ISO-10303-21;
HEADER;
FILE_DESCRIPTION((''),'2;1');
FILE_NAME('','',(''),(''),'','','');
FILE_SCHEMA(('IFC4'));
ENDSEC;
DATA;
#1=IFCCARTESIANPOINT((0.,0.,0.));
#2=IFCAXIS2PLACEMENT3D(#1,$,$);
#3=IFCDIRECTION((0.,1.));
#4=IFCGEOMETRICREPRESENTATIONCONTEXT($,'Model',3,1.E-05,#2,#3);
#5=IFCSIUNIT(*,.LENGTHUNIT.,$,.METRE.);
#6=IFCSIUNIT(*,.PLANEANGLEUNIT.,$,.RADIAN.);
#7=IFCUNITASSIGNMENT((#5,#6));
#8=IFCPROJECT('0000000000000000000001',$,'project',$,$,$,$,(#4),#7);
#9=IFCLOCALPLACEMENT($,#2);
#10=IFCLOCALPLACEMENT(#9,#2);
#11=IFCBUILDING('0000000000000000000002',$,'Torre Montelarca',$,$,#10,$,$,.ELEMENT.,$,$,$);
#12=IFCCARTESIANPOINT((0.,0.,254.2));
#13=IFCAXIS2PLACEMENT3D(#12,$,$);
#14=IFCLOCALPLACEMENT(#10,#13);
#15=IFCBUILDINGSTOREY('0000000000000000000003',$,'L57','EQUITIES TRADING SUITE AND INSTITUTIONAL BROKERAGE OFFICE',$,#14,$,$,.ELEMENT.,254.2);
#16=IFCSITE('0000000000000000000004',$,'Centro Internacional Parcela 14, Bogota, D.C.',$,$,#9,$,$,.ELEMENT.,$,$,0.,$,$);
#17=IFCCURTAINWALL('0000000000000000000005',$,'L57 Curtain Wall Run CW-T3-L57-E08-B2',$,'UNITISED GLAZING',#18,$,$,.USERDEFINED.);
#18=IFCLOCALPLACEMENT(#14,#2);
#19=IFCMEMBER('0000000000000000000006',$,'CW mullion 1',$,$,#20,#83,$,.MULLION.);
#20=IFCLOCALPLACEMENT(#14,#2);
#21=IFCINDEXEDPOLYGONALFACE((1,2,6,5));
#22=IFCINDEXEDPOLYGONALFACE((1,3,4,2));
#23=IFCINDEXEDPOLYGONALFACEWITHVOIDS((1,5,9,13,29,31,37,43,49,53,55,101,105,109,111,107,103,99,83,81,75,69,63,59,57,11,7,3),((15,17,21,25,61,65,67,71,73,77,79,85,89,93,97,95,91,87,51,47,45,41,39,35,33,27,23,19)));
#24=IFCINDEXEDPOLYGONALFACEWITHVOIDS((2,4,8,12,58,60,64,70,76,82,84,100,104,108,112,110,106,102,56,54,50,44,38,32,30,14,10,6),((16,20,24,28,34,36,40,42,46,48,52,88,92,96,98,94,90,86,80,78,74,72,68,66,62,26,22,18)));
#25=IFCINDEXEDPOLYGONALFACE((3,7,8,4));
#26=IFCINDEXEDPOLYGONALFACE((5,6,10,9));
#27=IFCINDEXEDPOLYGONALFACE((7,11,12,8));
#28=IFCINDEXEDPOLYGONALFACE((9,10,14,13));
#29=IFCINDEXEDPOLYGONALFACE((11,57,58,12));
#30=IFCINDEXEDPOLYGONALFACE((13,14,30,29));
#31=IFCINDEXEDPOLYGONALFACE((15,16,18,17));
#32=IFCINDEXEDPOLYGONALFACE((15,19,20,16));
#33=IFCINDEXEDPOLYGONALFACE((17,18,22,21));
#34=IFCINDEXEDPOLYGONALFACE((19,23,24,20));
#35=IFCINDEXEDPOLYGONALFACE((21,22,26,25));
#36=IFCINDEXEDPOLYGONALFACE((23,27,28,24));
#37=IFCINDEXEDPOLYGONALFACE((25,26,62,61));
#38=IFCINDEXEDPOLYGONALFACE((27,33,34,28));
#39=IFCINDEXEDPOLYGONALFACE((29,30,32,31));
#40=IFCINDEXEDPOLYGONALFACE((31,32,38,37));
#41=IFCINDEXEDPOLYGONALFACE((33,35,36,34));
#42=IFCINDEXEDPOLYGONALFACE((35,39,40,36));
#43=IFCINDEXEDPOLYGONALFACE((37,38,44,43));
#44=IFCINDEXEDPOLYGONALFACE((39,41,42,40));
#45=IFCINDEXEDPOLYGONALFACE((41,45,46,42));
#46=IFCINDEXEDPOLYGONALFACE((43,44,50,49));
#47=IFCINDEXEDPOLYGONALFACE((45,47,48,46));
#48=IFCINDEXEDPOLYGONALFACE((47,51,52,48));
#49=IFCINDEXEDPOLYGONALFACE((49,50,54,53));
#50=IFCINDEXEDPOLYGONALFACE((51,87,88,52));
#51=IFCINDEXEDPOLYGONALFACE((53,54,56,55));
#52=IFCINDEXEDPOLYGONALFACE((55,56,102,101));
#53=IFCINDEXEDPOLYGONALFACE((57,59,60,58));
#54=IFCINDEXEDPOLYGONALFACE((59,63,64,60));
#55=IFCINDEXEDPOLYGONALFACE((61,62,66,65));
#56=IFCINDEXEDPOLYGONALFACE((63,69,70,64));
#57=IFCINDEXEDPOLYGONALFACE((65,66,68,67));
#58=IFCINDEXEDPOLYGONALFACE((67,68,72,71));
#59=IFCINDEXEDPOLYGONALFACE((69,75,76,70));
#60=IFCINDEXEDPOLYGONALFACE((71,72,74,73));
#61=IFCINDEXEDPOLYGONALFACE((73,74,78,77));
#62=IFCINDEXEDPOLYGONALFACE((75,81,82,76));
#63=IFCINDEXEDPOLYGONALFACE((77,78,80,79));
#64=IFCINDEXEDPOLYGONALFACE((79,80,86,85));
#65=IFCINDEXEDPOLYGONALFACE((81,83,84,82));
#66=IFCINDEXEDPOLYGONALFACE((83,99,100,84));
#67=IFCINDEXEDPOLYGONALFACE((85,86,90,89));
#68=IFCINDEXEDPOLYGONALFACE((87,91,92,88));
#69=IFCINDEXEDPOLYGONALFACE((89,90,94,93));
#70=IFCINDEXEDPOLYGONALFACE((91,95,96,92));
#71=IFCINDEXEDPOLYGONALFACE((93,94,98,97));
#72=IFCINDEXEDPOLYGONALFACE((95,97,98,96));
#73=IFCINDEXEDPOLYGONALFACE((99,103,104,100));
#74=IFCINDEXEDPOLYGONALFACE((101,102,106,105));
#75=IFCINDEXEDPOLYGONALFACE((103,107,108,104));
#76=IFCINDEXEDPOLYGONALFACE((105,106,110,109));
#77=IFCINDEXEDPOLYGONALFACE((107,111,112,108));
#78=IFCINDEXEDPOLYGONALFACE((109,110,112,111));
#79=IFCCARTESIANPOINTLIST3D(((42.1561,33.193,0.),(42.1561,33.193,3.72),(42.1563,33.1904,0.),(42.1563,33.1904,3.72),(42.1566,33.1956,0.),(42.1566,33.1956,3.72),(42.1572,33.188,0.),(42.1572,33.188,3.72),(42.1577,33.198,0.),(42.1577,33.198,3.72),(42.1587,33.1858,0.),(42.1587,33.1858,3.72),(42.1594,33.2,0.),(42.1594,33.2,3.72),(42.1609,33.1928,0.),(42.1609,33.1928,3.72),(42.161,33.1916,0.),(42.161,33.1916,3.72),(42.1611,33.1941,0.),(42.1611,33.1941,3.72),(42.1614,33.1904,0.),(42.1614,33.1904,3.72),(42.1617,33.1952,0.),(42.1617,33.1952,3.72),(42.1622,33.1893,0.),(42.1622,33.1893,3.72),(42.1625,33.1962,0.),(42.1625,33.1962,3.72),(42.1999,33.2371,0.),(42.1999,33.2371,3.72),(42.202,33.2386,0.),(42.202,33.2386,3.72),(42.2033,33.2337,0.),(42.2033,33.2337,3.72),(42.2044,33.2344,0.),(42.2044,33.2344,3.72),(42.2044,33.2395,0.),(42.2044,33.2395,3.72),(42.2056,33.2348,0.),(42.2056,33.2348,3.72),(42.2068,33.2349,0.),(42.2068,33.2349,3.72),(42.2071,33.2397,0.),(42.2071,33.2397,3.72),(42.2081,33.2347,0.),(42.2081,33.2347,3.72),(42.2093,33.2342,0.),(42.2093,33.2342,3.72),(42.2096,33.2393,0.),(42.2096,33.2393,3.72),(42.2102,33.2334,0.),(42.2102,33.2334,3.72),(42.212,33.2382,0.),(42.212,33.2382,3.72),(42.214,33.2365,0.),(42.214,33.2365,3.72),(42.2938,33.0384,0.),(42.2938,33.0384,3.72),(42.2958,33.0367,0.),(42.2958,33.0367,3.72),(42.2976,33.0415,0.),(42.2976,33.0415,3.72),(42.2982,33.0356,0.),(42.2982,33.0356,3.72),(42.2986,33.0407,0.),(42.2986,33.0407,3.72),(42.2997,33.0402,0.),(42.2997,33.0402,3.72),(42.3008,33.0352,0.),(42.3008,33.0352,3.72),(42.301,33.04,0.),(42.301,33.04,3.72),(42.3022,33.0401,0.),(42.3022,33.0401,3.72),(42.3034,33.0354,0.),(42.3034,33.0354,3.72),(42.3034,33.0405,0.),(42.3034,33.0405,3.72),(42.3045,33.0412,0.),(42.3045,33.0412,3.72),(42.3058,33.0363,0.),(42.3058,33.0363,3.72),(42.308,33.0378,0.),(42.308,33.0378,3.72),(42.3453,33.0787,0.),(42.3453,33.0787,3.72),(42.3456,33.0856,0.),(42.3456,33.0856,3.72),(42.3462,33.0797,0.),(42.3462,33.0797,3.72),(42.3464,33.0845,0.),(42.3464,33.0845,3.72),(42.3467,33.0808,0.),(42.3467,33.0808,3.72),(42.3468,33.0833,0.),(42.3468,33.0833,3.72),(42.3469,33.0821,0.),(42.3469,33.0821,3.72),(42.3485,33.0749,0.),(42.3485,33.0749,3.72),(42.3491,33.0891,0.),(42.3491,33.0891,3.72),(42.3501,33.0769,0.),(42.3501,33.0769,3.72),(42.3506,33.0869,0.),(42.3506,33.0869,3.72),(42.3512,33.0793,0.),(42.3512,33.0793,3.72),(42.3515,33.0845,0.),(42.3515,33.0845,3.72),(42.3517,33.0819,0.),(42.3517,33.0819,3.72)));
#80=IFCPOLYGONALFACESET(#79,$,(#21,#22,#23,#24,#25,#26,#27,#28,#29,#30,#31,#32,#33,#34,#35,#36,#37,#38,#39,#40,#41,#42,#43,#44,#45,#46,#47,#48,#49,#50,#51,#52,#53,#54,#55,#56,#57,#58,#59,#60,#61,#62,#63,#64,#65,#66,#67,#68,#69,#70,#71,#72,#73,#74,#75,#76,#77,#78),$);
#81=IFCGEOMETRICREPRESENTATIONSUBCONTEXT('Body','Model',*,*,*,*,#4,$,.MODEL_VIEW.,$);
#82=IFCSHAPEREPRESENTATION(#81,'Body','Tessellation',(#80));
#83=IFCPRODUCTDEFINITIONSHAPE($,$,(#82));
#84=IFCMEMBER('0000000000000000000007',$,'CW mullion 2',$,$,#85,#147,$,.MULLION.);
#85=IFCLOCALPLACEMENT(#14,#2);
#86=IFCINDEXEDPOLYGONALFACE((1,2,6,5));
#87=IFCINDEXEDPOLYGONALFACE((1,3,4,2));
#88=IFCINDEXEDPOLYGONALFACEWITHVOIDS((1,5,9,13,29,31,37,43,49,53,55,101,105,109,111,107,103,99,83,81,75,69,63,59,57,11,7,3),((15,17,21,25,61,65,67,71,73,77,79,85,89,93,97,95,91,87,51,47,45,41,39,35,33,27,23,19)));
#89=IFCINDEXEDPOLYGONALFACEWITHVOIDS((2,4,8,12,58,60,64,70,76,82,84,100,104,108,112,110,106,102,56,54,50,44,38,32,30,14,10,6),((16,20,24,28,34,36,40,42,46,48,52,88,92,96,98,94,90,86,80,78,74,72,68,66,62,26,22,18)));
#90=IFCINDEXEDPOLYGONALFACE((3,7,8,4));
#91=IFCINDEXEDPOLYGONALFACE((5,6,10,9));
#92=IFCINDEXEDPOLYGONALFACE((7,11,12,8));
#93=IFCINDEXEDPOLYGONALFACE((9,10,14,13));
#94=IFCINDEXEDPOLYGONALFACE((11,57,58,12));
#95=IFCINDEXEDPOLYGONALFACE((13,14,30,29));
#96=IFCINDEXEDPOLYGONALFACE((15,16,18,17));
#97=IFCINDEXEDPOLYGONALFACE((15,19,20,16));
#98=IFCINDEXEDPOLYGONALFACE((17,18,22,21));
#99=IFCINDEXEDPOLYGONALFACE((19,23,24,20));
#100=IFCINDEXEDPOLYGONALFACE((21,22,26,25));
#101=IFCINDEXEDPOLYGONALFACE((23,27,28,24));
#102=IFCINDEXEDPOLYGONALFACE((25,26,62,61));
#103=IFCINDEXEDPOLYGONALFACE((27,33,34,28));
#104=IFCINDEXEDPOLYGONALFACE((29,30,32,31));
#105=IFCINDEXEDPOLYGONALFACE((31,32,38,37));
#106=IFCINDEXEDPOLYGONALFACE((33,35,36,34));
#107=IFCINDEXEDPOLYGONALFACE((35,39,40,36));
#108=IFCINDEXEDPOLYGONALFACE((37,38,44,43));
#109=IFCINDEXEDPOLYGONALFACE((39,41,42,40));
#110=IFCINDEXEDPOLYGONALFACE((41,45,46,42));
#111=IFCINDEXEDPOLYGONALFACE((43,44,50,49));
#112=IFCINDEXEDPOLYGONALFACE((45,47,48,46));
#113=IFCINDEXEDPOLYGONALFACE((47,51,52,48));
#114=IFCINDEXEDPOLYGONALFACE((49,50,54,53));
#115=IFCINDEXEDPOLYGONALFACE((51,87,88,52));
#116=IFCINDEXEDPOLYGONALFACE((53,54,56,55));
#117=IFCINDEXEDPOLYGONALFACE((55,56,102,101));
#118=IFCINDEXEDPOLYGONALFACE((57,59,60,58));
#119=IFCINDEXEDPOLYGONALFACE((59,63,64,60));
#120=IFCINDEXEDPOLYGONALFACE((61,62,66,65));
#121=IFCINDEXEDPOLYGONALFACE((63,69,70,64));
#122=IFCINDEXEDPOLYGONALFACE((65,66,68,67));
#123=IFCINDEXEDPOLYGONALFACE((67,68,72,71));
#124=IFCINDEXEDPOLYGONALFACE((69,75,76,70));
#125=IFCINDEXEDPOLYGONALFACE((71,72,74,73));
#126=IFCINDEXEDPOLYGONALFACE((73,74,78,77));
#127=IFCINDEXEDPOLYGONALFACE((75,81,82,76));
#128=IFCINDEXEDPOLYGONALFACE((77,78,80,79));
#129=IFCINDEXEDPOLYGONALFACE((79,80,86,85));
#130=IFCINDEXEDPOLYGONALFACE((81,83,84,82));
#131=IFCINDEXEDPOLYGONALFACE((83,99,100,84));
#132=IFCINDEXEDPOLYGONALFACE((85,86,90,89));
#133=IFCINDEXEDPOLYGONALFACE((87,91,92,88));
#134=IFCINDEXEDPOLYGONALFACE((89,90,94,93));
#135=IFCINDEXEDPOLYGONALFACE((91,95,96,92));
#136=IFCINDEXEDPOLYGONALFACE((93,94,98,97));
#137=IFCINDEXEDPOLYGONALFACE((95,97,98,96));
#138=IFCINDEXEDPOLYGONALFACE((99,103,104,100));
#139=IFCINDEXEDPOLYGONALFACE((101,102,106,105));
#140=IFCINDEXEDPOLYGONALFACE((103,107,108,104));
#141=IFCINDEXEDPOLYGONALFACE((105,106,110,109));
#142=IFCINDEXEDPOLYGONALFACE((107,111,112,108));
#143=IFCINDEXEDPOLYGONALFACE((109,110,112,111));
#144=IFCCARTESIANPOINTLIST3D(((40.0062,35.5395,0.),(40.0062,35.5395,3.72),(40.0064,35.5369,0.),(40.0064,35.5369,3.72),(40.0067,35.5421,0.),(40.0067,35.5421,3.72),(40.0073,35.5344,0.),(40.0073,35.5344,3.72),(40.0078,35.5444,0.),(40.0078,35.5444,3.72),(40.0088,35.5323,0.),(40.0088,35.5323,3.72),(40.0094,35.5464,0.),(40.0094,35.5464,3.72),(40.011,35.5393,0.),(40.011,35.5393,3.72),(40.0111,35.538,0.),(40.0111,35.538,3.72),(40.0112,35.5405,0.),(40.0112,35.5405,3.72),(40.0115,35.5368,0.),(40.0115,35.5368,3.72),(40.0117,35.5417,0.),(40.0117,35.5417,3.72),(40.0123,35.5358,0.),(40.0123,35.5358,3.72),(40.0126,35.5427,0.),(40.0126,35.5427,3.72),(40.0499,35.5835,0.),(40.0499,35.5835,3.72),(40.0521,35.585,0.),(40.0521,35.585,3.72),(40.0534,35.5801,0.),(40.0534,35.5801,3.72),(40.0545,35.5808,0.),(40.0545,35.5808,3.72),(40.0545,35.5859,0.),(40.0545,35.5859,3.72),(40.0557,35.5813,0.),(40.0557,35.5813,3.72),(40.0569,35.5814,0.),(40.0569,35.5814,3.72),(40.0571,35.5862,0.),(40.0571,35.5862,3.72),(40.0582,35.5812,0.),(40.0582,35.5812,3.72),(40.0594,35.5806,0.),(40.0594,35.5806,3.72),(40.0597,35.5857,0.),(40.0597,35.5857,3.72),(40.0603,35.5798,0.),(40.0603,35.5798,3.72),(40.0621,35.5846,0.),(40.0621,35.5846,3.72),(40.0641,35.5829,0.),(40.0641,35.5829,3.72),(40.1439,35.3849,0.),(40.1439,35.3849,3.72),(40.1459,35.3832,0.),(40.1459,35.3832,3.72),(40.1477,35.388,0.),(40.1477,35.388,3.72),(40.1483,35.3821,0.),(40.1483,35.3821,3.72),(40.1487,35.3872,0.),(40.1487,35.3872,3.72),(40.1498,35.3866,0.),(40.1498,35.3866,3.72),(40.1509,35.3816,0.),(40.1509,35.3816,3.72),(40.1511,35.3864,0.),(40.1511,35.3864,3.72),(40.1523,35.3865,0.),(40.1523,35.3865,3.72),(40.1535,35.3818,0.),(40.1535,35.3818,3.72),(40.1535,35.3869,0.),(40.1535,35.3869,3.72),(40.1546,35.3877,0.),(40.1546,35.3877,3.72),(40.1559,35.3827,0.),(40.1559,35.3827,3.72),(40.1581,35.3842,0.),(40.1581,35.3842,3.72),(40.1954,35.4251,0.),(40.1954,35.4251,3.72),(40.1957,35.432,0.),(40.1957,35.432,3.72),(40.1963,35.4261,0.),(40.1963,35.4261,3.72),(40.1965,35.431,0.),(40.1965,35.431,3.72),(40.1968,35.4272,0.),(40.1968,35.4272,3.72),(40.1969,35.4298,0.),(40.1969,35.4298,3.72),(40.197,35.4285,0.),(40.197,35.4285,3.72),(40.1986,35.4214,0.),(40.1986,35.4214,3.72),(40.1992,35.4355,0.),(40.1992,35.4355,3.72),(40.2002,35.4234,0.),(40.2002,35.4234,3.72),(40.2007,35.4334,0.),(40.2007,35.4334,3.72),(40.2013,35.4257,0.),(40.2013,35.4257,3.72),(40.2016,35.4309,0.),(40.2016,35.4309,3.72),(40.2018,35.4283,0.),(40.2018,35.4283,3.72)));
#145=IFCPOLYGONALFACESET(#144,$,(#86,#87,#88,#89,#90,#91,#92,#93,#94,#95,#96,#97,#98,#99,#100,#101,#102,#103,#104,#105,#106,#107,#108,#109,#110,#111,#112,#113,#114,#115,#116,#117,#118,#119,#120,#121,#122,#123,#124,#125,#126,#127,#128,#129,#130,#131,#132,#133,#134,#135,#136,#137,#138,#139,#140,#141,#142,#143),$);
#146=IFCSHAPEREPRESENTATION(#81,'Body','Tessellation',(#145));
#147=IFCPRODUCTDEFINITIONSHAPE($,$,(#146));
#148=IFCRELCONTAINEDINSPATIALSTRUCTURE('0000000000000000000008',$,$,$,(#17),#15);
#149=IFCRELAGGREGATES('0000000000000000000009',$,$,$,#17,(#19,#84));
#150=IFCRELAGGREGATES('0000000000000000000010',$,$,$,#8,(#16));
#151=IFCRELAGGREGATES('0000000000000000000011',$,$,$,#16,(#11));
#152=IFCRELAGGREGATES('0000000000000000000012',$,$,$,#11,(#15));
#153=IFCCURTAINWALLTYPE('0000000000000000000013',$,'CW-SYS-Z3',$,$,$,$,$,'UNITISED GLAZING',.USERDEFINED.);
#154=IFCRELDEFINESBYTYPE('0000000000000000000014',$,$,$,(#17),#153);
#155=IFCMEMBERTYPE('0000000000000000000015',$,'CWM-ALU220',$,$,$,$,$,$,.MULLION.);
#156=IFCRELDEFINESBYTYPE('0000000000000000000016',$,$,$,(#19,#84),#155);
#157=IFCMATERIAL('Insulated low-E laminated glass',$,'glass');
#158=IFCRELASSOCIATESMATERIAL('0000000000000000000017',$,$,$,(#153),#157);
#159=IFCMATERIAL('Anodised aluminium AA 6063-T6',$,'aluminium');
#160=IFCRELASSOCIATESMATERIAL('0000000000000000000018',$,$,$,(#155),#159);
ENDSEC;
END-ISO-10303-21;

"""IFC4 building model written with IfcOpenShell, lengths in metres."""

from ifc_helpers import new_model, si_unit, direction, frame, origin, origin_2d, place, context, subcontext, project, spatial, hollow_rectangle, extrude, source, transform, mapped, material, material_profile, profile_set, type_object, element, aggregate, save


model = new_model("IFC4")

# Units and contexts
model_context = context("Model", 3, precision=1e-05, world=origin(), true_north=direction((0.0, 1.0)))
body_context = subcontext(model_context, "Body", "Model", "MODEL_VIEW")
ifc_project = project(units=[si_unit("LENGTHUNIT", "METRE"), si_unit("PLANEANGLEUNIT", "RADIAN")], contexts=[model_context])

# Site, building, storey
site_placement = place(None, origin())
site = spatial("IfcSite", under=ifc_project, at=site_placement, Name="Centro Internacional Parcela 14, Bogota, D.C.", CompositionType="ELEMENT", RefElevation=0.0)
building_placement = place(site_placement, origin())
building = spatial("IfcBuilding", under=site, at=building_placement, Name="Torre Montelarca", CompositionType="ELEMENT")
storey_placement = place(building_placement, frame((0.0, 0.0, 254.2)))
storey = spatial("IfcBuildingStorey", under=building, at=storey_placement, Name="L57", Description="EQUITIES TRADING SUITE AND INSTITUTIONAL BROKERAGE OFFICE", CompositionType="ELEMENT", Elevation=254.2)

# Shared definitions
ifc_material_1 = material(Name="Insulated low-E laminated glass", Category="glass")
curtain_wall_type = type_object("IfcCurtainWallType", Name="CW-SYS-Z3", ElementType="UNITISED GLAZING", PredefinedType="USERDEFINED", material=ifc_material_1)
ifc_material_2 = material(Name="Anodised aluminium AA 6063-T6", Category="aluminium")
ifc_material_profile_1 = material_profile(ifc_material_2, hollow_rectangle(XDim=0.075, YDim=0.22, WallThickness=0.0049, InnerFilletRadius=0.0049, OuterFilletRadius=0.01, at=origin_2d()), Name="ALU75X220X5", Category="aluminium")
ifc_profile_set_1 = profile_set([ifc_material_profile_1], Name="Anodised aluminium AA 6063-T6")
member_type_1 = type_object("IfcMemberType", Name="CWM-ALU220", PredefinedType="MULLION", material=ifc_profile_set_1)
shared_shape_1 = source(origin(), body_context, "Body", "SweptSolid", [
    extrude(hollow_rectangle(XDim=0.075, YDim=0.22, WallThickness=0.0049, InnerFilletRadius=0.0049, OuterFilletRadius=0.01, at=origin_2d()), origin(), (0.0, 0.0, 1.0), 3.72),
])

# Curtain wall, members
curtain_wall_1_placement = place(storey_placement, origin())
curtain_wall_1 = element("IfcCurtainWall", 1, at=curtain_wall_1_placement, inside=storey, type_object=curtain_wall_type, Name="L57 Curtain Wall Run CW-T3-L57-E08-B2", ObjectType="UNITISED GLAZING", PredefinedType="USERDEFINED")
member_1_placement = place(storey_placement, frame((42.2539, 33.1375, 0.0), z_axis=(0.0, 0.0, 1.0), x_axis=(-0.73728, -0.675588, 0.0)))
member_1 = element("IfcMember", 2, at=member_1_placement, type_object=member_type_1, Name="CW mullion 1", PredefinedType="MULLION", context=body_context, shape_type="MappedRepresentation", body=[
    mapped(shared_shape_1, transform((0.0, 0.0, 0.0), scale=1.0)),
])
member_2_placement = place(storey_placement, frame((40.104, 35.4839, 0.0), z_axis=(0.0, 0.0, 1.0), x_axis=(-0.73728, -0.675588, 0.0)))
member_2 = element("IfcMember", 3, at=member_2_placement, type_object=member_type_1, Name="CW mullion 2", PredefinedType="MULLION", context=body_context, shape_type="MappedRepresentation", body=[
    mapped(shared_shape_1, transform((0.0, 0.0, 0.0), scale=1.0)),
])

aggregate(curtain_wall_1, [member_1, member_2])

save(model, "model.ifc")
